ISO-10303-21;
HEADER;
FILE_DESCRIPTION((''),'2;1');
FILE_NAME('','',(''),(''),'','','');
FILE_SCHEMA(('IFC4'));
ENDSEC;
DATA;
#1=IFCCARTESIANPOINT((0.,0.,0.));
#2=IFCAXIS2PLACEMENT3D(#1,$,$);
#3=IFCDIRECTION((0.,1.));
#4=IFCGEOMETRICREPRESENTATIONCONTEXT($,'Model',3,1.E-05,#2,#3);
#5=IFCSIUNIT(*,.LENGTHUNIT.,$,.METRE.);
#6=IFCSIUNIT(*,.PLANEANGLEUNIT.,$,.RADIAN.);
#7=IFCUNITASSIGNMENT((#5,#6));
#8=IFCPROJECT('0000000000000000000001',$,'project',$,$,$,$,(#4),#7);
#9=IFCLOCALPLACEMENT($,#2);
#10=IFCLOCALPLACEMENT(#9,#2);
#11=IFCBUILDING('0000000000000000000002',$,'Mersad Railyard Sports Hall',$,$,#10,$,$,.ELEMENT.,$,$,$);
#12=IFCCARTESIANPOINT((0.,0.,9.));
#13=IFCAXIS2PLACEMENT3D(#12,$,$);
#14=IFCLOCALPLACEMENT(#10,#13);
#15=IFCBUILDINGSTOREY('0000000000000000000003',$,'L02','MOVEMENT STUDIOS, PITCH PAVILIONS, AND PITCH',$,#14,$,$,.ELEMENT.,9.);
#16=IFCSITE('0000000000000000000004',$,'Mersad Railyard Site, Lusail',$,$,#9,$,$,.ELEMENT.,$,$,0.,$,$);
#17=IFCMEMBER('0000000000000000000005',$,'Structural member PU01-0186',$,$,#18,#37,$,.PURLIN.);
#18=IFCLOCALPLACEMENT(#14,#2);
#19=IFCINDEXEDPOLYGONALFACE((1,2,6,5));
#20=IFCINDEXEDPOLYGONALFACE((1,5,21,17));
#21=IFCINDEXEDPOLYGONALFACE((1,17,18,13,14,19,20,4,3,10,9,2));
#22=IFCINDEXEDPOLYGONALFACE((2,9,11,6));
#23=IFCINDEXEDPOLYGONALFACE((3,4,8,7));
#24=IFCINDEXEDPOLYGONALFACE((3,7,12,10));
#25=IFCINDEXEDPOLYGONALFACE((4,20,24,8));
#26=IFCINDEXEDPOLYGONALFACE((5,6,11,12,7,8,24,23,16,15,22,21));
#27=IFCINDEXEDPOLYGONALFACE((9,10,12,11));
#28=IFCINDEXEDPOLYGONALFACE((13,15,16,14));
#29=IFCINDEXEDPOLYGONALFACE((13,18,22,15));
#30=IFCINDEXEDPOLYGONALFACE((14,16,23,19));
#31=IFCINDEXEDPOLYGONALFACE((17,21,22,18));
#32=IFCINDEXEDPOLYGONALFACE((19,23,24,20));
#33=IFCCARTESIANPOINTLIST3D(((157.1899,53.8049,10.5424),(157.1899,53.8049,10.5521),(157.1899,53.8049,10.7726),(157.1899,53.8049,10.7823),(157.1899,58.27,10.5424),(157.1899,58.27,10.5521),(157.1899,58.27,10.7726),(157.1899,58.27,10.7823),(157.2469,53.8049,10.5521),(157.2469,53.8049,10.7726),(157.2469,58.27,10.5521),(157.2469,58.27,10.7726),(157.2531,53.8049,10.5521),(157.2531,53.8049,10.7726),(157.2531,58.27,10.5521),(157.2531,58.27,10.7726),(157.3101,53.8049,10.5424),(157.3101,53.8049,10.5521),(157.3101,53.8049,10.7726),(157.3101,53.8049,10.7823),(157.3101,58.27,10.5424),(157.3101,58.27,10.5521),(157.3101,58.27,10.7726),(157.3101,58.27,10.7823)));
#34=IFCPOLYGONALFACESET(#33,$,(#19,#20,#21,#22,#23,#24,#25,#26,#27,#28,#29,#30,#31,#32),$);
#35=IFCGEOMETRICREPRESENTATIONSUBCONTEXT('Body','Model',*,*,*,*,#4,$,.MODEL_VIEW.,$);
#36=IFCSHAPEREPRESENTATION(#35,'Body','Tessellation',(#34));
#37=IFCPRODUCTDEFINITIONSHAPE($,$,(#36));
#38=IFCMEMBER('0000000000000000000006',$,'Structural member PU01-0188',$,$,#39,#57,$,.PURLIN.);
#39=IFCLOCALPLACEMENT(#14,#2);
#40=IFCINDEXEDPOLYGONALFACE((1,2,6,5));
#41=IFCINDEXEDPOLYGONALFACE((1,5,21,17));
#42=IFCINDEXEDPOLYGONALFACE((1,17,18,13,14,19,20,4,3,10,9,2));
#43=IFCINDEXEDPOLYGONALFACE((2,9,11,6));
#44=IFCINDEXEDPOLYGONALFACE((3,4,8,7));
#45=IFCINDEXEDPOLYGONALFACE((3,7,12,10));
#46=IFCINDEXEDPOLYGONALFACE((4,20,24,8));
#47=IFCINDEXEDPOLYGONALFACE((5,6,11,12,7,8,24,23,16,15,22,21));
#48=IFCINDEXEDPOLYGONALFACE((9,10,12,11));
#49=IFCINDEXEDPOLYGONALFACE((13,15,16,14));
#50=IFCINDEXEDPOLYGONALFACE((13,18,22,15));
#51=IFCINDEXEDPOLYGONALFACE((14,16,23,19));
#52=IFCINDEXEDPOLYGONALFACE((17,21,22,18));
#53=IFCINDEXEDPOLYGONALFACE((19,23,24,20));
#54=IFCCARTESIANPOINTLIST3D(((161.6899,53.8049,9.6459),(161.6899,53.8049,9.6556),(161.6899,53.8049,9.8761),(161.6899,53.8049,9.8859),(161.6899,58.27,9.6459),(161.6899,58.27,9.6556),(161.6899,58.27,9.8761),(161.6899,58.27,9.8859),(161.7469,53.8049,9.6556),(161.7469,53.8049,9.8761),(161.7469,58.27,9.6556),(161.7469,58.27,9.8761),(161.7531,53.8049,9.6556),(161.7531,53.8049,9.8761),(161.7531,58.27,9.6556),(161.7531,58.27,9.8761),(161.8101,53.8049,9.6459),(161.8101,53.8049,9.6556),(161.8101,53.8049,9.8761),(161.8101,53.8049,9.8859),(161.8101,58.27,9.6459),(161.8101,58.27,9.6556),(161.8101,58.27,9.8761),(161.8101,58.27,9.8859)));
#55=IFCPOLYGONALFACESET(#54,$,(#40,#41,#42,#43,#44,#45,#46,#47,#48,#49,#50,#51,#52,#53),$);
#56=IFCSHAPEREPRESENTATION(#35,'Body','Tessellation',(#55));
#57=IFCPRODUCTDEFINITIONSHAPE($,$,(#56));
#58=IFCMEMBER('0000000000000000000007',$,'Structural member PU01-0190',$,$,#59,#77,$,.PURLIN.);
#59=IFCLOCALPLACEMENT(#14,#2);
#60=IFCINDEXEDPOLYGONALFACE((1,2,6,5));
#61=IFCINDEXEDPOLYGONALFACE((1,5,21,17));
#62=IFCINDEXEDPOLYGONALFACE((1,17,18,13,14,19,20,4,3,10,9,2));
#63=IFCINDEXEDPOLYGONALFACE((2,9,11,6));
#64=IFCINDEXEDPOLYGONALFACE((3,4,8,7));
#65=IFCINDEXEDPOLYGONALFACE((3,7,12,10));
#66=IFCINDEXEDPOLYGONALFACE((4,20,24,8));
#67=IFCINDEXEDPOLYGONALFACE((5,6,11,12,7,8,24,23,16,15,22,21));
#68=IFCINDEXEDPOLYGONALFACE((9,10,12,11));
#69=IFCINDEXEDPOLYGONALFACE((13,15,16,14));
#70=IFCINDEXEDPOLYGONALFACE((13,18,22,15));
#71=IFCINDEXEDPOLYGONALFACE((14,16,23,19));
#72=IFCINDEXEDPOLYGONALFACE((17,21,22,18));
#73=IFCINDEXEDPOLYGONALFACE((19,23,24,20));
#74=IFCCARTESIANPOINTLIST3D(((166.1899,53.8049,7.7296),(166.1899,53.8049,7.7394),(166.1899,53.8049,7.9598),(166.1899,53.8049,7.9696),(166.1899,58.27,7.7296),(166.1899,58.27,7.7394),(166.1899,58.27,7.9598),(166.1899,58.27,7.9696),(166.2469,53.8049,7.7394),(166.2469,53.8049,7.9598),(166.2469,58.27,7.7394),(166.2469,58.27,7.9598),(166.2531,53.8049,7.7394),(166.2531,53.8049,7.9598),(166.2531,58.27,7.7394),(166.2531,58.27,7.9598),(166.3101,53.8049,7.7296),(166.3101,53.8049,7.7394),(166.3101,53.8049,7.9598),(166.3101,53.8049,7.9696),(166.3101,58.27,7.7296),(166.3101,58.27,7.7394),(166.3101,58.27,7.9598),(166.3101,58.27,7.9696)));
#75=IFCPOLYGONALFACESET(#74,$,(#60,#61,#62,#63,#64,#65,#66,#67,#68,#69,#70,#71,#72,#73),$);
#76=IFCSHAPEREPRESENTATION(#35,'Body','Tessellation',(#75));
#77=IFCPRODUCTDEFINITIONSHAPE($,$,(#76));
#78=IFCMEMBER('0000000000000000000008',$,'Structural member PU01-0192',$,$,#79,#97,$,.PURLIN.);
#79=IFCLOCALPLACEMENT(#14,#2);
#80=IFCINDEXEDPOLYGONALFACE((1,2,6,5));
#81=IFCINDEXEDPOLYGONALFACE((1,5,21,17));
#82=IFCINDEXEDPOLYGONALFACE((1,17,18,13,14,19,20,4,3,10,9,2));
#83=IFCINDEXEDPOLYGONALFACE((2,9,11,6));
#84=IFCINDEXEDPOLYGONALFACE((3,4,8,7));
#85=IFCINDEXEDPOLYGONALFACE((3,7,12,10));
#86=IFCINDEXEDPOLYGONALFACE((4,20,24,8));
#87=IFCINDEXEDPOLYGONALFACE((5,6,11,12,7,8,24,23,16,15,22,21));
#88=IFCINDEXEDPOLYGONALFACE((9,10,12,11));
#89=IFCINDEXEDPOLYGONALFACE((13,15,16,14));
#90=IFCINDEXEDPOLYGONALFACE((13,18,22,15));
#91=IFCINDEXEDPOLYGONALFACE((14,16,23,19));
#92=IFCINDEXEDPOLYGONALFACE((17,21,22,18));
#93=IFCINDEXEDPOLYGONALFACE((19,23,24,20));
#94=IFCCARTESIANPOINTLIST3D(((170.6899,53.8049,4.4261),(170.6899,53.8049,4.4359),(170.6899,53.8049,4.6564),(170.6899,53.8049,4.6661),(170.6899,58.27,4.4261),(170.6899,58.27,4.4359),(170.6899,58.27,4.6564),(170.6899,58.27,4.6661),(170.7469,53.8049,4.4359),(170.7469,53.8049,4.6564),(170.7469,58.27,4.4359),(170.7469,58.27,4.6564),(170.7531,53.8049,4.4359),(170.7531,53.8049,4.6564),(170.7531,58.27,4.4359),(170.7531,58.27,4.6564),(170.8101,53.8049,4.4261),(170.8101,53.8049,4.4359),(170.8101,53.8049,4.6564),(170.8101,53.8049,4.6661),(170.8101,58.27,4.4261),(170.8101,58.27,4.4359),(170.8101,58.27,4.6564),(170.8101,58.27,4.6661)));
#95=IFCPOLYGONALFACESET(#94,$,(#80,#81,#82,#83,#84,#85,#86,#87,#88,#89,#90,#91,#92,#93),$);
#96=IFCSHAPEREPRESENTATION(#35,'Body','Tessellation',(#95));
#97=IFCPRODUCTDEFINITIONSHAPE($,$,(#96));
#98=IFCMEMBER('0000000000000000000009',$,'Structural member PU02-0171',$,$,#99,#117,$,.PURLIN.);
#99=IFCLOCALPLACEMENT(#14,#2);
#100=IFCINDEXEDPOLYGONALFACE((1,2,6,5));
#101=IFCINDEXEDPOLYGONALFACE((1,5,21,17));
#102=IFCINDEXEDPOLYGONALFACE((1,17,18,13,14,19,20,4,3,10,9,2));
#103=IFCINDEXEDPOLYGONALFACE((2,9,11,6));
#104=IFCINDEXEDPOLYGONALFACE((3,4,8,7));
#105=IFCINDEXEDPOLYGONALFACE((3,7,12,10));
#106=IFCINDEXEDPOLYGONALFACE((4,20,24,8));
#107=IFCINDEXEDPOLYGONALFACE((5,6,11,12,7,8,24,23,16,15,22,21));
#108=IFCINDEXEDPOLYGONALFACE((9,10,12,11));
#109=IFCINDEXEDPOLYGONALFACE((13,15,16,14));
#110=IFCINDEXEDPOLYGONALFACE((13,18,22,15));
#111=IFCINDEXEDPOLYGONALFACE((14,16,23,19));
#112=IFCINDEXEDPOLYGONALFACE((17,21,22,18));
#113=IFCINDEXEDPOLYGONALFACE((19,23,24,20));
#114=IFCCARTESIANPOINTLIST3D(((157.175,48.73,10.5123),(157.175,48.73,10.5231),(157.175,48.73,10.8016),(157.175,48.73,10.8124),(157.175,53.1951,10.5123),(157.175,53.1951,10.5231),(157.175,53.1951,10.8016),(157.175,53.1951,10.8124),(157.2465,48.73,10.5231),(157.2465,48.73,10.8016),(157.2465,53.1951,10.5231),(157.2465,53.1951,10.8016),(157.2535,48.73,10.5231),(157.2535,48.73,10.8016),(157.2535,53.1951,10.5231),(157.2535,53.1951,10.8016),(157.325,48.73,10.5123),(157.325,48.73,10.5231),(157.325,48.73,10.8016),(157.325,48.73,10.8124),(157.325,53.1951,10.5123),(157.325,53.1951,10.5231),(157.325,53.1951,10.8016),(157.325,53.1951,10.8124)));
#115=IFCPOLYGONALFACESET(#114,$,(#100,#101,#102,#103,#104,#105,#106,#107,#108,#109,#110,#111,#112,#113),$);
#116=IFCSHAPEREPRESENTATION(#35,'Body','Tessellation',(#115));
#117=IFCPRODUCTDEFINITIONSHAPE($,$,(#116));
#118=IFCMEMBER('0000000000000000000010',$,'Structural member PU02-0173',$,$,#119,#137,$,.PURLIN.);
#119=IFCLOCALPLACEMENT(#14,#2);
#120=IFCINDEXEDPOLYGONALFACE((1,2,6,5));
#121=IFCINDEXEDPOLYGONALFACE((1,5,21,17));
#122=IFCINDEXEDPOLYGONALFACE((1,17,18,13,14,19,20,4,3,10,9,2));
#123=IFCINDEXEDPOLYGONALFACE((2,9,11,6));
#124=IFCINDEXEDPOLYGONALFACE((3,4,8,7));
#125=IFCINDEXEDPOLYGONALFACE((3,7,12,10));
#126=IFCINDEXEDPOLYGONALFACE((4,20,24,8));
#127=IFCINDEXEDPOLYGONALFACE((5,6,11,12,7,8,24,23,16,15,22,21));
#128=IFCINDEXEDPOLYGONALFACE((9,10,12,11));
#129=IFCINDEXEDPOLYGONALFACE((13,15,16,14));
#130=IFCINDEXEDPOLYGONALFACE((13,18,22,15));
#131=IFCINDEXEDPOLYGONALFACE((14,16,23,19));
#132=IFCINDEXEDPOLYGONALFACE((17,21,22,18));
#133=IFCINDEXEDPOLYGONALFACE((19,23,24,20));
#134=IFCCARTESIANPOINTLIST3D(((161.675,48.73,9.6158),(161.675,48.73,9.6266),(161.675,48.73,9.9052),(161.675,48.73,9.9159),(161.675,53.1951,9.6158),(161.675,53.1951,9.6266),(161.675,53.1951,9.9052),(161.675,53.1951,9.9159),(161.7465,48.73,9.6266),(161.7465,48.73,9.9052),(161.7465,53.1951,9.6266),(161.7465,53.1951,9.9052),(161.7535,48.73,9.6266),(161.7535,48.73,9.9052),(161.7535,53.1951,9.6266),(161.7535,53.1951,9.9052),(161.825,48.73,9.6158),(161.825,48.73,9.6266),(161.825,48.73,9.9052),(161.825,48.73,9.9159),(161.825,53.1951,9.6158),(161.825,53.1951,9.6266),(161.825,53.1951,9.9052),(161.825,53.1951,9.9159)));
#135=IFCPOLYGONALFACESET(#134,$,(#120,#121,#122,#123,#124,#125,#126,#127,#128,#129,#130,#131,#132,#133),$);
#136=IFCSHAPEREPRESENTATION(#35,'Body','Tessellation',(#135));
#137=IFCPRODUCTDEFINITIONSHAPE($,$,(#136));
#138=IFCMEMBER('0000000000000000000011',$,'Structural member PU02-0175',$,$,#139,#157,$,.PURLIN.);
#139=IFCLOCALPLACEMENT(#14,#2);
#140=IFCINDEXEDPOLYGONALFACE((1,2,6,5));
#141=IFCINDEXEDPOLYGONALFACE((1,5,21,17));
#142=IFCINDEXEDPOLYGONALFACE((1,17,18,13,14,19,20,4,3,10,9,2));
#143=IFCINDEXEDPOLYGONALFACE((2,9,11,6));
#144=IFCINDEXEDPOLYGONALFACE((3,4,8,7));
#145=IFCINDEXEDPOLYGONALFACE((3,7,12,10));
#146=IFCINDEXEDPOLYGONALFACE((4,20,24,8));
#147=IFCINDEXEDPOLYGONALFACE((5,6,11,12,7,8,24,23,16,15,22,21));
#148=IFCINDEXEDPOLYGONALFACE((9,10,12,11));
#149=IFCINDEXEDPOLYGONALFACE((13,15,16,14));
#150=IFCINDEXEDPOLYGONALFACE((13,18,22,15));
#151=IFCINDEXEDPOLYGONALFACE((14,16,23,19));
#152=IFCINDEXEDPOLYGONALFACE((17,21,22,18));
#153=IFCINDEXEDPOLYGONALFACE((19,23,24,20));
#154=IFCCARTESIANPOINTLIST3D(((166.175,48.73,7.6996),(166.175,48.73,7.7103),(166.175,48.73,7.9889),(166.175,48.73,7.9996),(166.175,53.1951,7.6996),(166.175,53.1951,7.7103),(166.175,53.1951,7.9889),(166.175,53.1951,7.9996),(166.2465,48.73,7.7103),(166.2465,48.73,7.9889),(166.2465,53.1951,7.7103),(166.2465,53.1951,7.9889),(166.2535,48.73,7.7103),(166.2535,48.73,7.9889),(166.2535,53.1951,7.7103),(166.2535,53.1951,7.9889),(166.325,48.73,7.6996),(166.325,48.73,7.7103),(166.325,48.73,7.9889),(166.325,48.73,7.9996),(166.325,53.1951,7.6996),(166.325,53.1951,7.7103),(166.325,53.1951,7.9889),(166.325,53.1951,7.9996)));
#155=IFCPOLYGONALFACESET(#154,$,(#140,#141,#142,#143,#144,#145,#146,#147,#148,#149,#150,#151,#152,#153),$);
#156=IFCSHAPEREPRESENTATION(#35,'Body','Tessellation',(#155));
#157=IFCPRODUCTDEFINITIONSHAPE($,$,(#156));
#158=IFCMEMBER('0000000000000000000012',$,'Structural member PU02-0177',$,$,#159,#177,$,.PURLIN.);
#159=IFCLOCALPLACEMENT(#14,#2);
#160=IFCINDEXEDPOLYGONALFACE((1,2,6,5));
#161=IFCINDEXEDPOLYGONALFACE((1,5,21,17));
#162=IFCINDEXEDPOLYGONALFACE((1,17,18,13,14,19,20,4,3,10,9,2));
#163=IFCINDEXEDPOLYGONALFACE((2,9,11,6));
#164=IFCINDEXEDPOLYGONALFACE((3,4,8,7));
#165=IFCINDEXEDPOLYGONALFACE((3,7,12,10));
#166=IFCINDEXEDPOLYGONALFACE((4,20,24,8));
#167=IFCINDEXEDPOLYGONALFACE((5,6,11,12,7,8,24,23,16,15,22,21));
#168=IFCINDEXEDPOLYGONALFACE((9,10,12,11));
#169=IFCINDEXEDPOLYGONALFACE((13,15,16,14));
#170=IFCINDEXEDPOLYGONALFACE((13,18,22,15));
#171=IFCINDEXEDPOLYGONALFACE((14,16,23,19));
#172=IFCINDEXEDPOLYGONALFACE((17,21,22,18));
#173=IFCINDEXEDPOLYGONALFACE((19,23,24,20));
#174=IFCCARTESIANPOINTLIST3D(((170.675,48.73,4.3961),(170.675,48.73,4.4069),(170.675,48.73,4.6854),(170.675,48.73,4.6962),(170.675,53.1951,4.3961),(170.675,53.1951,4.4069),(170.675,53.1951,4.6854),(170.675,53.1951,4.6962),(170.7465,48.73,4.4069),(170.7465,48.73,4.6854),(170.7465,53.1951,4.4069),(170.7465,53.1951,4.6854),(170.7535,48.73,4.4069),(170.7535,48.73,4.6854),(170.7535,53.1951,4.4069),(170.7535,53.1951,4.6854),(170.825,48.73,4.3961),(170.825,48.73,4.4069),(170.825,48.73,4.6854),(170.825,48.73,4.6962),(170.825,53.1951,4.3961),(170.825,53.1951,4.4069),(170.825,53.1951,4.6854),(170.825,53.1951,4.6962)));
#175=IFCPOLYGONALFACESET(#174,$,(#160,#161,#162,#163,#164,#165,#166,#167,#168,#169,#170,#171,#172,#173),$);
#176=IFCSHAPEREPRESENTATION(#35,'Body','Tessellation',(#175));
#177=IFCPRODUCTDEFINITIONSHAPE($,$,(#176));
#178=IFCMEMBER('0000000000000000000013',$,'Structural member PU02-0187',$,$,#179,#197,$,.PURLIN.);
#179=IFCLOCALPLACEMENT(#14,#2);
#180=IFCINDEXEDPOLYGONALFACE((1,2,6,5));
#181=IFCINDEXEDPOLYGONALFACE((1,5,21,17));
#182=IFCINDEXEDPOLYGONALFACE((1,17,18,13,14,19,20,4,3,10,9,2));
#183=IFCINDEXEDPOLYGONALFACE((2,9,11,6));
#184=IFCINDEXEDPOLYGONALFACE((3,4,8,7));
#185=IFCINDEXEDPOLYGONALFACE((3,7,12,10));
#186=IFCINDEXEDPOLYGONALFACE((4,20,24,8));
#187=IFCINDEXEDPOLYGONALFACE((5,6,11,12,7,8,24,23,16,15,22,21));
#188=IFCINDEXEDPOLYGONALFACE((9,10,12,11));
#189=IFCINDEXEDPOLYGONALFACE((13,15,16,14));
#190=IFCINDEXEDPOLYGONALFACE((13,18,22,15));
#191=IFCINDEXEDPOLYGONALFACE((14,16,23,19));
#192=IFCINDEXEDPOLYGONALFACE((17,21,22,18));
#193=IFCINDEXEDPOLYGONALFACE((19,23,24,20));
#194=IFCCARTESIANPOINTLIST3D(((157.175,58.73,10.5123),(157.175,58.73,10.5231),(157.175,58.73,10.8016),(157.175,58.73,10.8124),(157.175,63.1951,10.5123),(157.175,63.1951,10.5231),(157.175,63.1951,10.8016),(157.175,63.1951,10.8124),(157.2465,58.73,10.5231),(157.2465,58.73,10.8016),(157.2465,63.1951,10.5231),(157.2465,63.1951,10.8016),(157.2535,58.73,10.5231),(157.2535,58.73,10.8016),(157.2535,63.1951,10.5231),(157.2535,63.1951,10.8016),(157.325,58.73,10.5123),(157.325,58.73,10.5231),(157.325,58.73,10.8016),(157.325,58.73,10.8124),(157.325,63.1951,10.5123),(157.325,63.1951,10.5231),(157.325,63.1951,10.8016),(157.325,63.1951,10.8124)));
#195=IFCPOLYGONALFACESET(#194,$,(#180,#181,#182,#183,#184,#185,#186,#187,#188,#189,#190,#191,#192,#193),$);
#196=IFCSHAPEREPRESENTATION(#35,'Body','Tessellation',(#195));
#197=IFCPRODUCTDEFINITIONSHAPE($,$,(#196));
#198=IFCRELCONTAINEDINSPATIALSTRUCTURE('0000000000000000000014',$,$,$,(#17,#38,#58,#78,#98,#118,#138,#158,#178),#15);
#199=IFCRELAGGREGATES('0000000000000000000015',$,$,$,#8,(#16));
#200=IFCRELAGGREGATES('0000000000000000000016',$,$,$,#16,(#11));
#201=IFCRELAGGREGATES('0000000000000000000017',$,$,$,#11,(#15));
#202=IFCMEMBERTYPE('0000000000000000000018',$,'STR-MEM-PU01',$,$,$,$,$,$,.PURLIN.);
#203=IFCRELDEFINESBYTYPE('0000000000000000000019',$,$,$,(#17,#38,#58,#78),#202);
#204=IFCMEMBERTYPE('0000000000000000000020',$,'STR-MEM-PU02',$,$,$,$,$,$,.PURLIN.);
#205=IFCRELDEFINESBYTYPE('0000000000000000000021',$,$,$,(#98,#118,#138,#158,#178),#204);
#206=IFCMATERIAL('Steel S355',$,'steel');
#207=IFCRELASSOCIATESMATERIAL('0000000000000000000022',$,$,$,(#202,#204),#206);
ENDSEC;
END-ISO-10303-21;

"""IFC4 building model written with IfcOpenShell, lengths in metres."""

from ifc_helpers import new_model, si_unit, direction, frame, origin, origin_2d, place, context, subcontext, project, spatial, i_section, extrude, material, material_profile, profile_set, type_object, element, save


model = new_model("IFC4")

# Units and contexts
model_context = context("Model", 3, precision=1e-05, world=origin(), true_north=direction((0.0, 1.0)))
body_context = subcontext(model_context, "Body", "Model", "MODEL_VIEW")
ifc_project = project(units=[si_unit("LENGTHUNIT", "METRE"), si_unit("PLANEANGLEUNIT", "RADIAN")], contexts=[model_context])

# Site, building, storey
site_placement = place(None, origin())
site = spatial("IfcSite", under=ifc_project, at=site_placement, Name="Mersad Railyard Site, Lusail", CompositionType="ELEMENT", RefElevation=0.0)
building_placement = place(site_placement, origin())
building = spatial("IfcBuilding", under=site, at=building_placement, Name="Mersad Railyard Sports Hall", CompositionType="ELEMENT")
storey_placement = place(building_placement, frame((0.0, 0.0, 9.0)))
storey = spatial("IfcBuildingStorey", under=building, at=storey_placement, Name="L02", Description="MOVEMENT STUDIOS, PITCH PAVILIONS, AND PITCH", CompositionType="ELEMENT", Elevation=9.0)

# Members
ifc_material_1 = material(Name="Steel S355", Category="steel")
ifc_material_profile_1 = material_profile(ifc_material_1, i_section(OverallWidth=0.1201, OverallDepth=0.24, WebThickness=0.0061, FlangeThickness=0.0098, at=origin_2d()), Name="IPE 240")
ifc_profile_set_1 = profile_set([ifc_material_profile_1], Name="Steel S355")
member_type_1 = type_object("IfcMemberType", Name="STR-MEM-PU01", PredefinedType="PURLIN", material=ifc_profile_set_1)
for number, where, z_axis, x_axis, name in (
    (1, (157.25, 53.8049, 10.6624), (0.0, 1.0, 0.0), (-1.0, 0.0, 0.0), "Structural member PU01-0186"),
    (2, (161.75, 53.8049, 9.7659), (0.0, 1.0, 0.0), (-1.0, 0.0, 0.0), "Structural member PU01-0188"),
    (3, (166.25, 53.8049, 7.8496), (0.0, 1.0, 0.0), (-1.0, 0.0, 0.0), "Structural member PU01-0190"),
    (4, (170.75, 53.8049, 4.5461), (0.0, 1.0, 0.0), (-1.0, 0.0, 0.0), "Structural member PU01-0192"),
):
    element("IfcMember", number, at=place(storey_placement, frame(where, z_axis=z_axis, x_axis=x_axis)), inside=storey, type_object=member_type_1, Name=name, PredefinedType="PURLIN", context=body_context, shape_type="SweptSolid", body=[
        extrude(i_section(OverallWidth=0.1201, OverallDepth=0.24, WebThickness=0.0061, FlangeThickness=0.0098, at=origin_2d()), origin(), (0.0, 0.0, 1.0), 4.4651),
    ])
ifc_material_profile_2 = material_profile(ifc_material_1, i_section(OverallWidth=0.1499, OverallDepth=0.3, WebThickness=0.0071, FlangeThickness=0.0107, at=origin_2d()), Name="IPE 300")
ifc_profile_set_2 = profile_set([ifc_material_profile_2], Name="Steel S355")
member_type_2 = type_object("IfcMemberType", Name="STR-MEM-PU02", PredefinedType="PURLIN", material=ifc_profile_set_2)
for number, where, z_axis, x_axis, name in (
    (5, (157.25, 48.73, 10.6624), (0.0, 1.0, 0.0), (-1.0, 0.0, 0.0), "Structural member PU02-0171"),
    (6, (161.75, 48.73, 9.7659), (0.0, 1.0, 0.0), (-1.0, 0.0, 0.0), "Structural member PU02-0173"),
    (7, (166.25, 48.73, 7.8496), (0.0, 1.0, 0.0), (-1.0, 0.0, 0.0), "Structural member PU02-0175"),
    (8, (170.75, 48.73, 4.5461), (0.0, 1.0, 0.0), (-1.0, 0.0, 0.0), "Structural member PU02-0177"),
    (9, (157.25, 58.73, 10.6624), (0.0, 1.0, 0.0), (-1.0, 0.0, 0.0), "Structural member PU02-0187"),
):
    element("IfcMember", number, at=place(storey_placement, frame(where, z_axis=z_axis, x_axis=x_axis)), inside=storey, type_object=member_type_2, Name=name, PredefinedType="PURLIN", context=body_context, shape_type="SweptSolid", body=[
        extrude(i_section(OverallWidth=0.1499, OverallDepth=0.3, WebThickness=0.0071, FlangeThickness=0.0107, at=origin_2d()), origin(), (0.0, 0.0, 1.0), 4.4651),
    ])

save(model, "model.ifc")
